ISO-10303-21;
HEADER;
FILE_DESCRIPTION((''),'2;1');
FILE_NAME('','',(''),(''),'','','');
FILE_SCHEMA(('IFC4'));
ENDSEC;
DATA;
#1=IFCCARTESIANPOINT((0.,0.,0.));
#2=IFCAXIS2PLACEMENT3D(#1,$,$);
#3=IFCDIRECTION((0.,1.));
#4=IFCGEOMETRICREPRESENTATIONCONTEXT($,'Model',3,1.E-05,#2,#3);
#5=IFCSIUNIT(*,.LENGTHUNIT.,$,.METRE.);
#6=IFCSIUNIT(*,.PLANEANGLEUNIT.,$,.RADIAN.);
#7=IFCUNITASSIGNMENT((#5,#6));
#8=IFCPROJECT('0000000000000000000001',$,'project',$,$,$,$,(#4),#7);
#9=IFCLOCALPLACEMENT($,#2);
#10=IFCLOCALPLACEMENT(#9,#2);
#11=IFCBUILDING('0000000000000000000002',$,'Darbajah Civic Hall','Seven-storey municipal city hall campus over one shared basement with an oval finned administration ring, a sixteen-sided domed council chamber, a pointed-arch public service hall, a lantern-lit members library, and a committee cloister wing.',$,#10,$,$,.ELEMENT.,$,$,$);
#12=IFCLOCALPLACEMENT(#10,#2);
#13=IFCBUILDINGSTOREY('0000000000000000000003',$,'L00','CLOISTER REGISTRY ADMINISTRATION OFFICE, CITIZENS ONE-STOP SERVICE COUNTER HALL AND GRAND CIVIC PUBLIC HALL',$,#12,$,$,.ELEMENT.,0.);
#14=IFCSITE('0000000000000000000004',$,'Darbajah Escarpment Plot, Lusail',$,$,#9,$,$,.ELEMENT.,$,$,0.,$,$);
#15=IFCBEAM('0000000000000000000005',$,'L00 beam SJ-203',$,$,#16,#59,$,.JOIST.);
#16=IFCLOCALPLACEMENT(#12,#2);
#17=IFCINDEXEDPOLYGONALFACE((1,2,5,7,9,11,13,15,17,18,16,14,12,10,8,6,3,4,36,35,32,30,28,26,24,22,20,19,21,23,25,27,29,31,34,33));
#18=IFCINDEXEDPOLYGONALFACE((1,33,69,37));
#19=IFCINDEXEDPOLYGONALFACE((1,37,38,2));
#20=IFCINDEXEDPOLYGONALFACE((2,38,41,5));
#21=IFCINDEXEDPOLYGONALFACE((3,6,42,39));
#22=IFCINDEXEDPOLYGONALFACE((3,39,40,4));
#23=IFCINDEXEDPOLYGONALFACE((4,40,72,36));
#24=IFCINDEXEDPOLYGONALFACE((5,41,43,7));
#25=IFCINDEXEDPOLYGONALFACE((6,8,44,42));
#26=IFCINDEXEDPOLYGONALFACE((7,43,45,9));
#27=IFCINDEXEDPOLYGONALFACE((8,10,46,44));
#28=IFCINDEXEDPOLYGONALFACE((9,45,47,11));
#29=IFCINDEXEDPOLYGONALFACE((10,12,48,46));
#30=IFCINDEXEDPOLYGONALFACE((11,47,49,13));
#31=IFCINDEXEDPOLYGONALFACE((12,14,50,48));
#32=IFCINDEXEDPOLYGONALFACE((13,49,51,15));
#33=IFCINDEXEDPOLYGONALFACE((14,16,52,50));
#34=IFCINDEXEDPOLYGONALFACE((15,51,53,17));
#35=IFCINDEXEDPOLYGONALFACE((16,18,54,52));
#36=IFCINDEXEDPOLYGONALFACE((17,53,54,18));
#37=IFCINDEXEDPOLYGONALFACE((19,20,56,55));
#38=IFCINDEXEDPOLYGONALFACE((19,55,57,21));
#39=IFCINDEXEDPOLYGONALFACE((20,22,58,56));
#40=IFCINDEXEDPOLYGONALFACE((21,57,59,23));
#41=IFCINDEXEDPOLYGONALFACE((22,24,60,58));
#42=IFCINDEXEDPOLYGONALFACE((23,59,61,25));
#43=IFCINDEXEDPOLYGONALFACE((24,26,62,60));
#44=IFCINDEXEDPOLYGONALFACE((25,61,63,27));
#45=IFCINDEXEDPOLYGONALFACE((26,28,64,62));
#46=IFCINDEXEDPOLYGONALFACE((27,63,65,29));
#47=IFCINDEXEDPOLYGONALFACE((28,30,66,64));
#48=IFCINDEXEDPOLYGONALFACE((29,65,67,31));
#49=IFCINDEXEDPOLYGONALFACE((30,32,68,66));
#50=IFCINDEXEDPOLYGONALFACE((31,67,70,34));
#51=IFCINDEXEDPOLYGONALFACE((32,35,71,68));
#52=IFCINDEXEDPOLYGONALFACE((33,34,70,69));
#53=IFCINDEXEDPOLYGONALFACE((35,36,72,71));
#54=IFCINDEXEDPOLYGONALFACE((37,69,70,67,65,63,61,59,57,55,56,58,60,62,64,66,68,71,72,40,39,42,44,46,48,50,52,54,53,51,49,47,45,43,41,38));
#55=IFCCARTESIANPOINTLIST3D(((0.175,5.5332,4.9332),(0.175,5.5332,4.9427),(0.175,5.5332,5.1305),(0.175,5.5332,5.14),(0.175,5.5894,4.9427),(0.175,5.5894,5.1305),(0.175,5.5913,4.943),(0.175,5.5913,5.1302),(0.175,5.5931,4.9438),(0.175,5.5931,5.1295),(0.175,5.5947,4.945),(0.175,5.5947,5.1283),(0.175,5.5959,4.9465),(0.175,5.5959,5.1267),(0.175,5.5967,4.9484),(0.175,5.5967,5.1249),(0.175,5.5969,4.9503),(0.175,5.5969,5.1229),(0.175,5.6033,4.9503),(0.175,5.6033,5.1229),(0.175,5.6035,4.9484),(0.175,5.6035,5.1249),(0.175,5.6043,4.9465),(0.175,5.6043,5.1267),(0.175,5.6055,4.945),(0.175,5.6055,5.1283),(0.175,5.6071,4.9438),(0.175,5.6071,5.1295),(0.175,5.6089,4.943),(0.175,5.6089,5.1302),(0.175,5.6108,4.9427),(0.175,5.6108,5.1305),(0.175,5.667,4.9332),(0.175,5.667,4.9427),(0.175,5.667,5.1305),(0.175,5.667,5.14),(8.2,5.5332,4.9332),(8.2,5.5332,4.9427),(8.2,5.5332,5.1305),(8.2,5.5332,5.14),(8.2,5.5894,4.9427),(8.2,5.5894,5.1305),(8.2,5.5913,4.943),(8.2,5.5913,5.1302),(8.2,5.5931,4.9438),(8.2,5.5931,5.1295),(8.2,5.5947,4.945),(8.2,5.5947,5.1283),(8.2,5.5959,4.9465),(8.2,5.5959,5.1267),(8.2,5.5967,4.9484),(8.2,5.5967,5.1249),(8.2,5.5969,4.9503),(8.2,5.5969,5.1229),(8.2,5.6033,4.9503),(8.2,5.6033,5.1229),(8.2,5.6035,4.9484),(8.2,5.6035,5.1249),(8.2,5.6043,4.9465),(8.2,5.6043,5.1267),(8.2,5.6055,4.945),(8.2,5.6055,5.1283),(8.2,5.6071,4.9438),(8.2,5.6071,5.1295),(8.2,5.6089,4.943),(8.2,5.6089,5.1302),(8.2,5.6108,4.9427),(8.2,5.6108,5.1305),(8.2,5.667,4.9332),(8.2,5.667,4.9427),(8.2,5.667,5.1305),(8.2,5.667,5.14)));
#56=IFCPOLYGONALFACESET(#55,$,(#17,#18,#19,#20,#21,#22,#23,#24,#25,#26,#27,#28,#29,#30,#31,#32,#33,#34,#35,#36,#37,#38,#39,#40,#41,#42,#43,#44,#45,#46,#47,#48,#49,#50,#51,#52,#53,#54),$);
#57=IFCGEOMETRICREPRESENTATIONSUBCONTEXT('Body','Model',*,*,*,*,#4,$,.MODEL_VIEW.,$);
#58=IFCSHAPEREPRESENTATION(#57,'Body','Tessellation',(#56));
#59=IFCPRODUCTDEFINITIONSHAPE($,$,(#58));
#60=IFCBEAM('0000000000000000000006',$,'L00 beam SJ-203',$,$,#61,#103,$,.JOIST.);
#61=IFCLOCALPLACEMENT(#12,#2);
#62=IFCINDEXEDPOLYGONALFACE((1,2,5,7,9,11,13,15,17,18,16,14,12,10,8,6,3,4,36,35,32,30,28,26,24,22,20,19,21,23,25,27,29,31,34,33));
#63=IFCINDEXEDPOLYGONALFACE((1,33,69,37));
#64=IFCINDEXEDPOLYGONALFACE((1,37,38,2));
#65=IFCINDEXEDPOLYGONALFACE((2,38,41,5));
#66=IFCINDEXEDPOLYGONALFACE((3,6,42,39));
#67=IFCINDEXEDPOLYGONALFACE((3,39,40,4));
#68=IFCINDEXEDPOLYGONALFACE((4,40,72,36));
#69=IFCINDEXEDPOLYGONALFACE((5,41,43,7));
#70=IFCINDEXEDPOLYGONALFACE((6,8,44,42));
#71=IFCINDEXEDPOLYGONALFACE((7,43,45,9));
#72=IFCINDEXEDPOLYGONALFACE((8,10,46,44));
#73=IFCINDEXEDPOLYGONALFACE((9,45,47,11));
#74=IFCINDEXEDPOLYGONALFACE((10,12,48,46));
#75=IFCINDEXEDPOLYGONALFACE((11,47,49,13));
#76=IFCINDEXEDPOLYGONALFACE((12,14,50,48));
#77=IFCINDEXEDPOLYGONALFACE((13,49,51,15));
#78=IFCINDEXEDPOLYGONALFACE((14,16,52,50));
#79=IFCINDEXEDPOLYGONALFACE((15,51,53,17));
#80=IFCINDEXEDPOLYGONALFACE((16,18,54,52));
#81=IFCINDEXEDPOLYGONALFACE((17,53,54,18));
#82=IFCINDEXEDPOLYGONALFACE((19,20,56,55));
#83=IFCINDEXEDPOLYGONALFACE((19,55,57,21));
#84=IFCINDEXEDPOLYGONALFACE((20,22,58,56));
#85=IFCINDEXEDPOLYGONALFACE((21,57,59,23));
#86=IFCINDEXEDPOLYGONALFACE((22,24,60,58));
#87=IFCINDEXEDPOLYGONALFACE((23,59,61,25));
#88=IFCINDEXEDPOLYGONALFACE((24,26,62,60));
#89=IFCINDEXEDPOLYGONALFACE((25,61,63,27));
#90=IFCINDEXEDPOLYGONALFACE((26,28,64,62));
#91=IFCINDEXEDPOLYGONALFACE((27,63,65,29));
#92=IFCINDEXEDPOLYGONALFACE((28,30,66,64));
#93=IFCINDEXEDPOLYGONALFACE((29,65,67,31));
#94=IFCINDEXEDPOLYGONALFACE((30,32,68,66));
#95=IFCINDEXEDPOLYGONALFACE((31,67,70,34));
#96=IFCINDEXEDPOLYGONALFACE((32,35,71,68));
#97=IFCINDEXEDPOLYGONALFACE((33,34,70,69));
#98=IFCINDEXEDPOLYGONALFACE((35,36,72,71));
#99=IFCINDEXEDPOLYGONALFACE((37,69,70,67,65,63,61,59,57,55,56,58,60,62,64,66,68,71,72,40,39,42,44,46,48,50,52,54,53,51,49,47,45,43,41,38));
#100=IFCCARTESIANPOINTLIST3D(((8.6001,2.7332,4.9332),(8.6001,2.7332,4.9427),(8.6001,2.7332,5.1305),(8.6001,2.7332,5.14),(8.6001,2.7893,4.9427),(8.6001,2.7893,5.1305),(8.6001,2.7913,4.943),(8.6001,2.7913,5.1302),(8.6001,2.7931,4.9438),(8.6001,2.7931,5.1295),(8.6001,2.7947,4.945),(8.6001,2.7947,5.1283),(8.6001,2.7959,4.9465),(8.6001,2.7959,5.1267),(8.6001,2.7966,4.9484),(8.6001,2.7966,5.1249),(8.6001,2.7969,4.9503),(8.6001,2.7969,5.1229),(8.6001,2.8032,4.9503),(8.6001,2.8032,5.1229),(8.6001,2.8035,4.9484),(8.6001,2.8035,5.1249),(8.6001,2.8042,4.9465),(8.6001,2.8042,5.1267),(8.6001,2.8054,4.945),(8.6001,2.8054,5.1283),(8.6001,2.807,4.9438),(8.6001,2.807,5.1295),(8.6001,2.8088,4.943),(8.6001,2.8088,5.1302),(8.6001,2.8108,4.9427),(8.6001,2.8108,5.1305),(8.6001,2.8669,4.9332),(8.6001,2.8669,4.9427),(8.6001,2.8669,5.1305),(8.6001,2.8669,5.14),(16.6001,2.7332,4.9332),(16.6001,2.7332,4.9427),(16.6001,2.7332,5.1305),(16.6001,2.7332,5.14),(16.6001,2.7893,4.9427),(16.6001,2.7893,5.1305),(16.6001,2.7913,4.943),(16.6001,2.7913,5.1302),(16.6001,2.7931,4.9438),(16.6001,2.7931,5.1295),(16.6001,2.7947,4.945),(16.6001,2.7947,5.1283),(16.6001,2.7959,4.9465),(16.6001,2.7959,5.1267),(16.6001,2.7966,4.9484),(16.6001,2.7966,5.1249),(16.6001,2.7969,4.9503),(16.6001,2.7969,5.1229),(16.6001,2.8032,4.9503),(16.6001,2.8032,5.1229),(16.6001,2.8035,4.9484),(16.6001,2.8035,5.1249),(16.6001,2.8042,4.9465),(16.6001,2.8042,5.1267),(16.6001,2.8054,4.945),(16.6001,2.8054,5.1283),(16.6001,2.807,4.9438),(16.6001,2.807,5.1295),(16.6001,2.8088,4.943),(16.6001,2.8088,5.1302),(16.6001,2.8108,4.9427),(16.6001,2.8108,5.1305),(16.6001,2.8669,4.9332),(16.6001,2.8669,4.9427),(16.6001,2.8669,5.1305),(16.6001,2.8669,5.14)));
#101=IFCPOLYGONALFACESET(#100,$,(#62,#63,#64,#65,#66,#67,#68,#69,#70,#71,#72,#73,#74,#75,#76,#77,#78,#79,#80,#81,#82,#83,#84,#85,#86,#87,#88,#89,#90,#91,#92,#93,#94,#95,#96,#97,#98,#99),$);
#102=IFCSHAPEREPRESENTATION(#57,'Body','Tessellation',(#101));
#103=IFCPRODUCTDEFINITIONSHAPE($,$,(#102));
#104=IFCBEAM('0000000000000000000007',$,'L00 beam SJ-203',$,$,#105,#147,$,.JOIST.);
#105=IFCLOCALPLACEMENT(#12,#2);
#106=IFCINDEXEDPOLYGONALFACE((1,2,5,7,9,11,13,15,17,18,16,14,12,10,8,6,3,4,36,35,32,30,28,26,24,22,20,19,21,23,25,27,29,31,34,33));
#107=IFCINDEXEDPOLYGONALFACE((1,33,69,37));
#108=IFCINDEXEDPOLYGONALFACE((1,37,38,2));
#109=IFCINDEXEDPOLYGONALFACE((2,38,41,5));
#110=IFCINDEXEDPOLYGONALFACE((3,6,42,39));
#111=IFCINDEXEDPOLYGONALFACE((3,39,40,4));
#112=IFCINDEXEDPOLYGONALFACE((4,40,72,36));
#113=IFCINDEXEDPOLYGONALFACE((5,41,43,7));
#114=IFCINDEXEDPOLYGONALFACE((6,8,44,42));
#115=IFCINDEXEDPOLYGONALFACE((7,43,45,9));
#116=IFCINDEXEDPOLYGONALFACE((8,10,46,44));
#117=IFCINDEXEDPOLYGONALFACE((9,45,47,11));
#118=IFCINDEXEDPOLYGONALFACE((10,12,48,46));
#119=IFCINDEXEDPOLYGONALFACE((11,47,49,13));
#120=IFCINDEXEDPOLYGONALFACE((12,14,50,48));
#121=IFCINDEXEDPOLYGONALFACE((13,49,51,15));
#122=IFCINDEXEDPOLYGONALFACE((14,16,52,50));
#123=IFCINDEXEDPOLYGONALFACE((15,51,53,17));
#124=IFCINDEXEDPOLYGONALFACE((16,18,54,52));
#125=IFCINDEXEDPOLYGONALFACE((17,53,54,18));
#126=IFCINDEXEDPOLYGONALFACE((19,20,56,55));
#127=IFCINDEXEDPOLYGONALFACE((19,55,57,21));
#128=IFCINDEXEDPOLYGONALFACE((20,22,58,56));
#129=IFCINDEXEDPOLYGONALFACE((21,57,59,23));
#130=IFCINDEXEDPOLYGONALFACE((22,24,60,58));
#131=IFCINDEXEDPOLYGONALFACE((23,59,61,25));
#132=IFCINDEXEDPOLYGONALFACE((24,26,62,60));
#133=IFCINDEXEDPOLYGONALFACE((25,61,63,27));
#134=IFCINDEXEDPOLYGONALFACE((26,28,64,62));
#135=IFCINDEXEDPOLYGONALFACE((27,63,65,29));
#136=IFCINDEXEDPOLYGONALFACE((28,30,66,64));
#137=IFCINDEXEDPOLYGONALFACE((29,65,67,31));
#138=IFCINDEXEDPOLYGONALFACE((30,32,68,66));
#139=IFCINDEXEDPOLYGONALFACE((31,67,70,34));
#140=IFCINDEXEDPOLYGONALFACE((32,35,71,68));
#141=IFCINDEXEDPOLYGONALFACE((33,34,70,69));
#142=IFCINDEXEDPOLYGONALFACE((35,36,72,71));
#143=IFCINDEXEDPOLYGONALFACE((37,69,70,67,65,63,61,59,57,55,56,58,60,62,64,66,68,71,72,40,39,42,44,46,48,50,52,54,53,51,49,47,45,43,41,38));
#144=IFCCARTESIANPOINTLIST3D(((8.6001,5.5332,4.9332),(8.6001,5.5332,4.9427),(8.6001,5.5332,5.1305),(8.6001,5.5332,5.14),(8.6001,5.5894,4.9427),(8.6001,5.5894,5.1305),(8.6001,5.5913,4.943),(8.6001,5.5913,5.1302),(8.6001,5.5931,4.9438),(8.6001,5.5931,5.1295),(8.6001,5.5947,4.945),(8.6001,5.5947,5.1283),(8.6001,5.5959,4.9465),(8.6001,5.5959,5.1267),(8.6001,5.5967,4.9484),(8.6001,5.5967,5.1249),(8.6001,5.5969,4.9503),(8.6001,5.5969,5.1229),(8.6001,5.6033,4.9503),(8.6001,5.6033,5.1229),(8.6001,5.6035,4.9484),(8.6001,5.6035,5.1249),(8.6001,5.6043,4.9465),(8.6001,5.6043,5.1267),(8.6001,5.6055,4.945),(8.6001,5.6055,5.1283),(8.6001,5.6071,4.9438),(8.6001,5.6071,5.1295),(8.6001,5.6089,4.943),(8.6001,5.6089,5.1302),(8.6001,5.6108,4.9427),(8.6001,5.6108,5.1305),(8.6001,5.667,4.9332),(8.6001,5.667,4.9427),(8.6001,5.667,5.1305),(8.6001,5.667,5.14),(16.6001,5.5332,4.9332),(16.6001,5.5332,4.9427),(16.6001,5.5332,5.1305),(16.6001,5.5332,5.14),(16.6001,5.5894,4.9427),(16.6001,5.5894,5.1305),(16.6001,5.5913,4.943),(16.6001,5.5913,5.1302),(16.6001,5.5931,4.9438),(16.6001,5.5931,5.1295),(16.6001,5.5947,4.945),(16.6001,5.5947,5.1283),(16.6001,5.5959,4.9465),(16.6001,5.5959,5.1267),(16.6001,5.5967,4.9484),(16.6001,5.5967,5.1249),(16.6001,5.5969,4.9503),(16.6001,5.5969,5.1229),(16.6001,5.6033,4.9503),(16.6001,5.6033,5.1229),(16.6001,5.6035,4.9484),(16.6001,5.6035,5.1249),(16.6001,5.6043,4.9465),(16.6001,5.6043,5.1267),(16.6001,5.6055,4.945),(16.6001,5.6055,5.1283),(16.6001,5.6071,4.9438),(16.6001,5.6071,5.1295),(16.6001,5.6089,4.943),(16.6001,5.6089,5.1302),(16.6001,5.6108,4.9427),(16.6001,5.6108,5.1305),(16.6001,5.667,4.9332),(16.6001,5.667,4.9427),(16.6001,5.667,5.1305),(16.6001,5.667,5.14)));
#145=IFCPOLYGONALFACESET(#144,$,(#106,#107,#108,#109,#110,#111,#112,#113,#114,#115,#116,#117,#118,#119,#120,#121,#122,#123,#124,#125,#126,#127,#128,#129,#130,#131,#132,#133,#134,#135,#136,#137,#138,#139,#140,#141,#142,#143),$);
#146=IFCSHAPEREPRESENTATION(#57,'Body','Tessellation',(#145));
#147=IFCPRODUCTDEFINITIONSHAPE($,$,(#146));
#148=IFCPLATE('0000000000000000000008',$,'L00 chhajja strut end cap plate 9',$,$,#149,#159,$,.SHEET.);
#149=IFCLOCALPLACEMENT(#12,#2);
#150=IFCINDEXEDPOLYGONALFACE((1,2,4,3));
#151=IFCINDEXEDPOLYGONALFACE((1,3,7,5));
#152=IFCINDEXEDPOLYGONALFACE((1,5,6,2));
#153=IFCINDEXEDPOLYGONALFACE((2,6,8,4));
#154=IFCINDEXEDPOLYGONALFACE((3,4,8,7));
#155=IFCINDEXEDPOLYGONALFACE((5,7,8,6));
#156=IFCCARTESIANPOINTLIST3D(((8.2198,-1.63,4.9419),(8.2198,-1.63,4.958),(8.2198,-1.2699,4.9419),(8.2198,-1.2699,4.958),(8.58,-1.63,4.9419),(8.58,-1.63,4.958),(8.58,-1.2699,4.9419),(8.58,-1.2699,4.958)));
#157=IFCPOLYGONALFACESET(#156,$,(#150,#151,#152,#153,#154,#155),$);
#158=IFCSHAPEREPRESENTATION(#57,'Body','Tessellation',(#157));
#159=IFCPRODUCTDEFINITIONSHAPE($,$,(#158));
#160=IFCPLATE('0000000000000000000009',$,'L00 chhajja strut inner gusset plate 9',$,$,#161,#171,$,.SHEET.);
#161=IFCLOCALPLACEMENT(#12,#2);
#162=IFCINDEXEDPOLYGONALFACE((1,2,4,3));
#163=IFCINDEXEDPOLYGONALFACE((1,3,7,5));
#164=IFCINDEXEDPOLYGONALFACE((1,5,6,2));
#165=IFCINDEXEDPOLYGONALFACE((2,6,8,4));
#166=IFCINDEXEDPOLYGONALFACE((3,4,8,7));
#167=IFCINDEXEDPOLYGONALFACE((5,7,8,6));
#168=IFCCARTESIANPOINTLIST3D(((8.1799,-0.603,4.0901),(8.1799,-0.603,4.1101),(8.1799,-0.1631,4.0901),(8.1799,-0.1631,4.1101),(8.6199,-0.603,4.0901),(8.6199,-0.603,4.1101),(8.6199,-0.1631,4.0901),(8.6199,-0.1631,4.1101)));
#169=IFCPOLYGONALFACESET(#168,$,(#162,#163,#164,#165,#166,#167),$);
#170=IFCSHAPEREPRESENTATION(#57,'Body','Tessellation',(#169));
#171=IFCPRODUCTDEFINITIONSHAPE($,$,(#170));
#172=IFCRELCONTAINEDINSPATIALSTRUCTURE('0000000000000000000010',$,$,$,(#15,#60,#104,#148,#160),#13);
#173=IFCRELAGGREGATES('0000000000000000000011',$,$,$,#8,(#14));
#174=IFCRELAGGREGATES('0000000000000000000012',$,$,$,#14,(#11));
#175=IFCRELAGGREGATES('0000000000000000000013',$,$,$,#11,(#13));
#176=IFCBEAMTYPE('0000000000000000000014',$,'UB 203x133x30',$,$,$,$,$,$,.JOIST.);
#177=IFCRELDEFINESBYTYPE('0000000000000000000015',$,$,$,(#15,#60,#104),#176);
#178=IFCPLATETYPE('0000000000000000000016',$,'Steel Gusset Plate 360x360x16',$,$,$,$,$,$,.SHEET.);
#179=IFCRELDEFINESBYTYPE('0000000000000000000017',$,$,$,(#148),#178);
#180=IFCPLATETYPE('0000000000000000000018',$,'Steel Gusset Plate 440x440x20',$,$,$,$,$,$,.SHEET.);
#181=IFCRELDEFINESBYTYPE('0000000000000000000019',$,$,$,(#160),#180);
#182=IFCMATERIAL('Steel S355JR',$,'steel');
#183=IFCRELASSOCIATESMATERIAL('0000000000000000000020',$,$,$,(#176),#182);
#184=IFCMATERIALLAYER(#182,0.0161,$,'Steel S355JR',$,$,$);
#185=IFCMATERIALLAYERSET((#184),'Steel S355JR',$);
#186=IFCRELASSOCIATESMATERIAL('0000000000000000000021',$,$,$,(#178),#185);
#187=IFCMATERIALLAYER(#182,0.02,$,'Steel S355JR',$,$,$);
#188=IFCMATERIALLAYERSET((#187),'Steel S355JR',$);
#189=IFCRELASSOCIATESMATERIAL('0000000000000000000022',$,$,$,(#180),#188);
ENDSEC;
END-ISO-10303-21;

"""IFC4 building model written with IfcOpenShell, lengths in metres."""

from ifc_helpers import new_model, si_unit, direction, frame, origin, origin_2d, place, context, subcontext, project, spatial, rectangle, i_section, extrude, material, layer, layer_set, material_profile, profile_set, type_object, element, save


model = new_model("IFC4")

# Units and contexts
model_context = context("Model", 3, precision=1e-05, world=origin(), true_north=direction((0.0, 1.0)))
body_context = subcontext(model_context, "Body", "Model", "MODEL_VIEW")
ifc_project = project(units=[si_unit("LENGTHUNIT", "METRE"), si_unit("PLANEANGLEUNIT", "RADIAN")], contexts=[model_context])

# Site, building, storey
site_placement = place(None, origin())
site = spatial("IfcSite", under=ifc_project, at=site_placement, Name="Darbajah Escarpment Plot, Lusail", CompositionType="ELEMENT", RefElevation=0.0)
building_placement = place(site_placement, origin())
building = spatial("IfcBuilding", under=site, at=building_placement, Name="Darbajah Civic Hall", Description="Seven-storey municipal city hall campus over one shared basement with an oval finned administration ring, a sixteen-sided domed council chamber, a pointed-arch public service hall, a lantern-lit members library, and a committee cloister wing.", CompositionType="ELEMENT")
storey_placement = place(building_placement, origin())
storey = spatial("IfcBuildingStorey", under=building, at=storey_placement, Name="L00", Description="CLOISTER REGISTRY ADMINISTRATION OFFICE, CITIZENS ONE-STOP SERVICE COUNTER HALL AND GRAND CIVIC PUBLIC HALL", CompositionType="ELEMENT", Elevation=0.0)

# Shared definitions
ifc_material_1 = material(Name="Steel S355JR", Category="steel")

# Beams
ifc_material_profile_1 = material_profile(ifc_material_1, i_section(OverallWidth=0.1338, OverallDepth=0.2068, WebThickness=0.0063, FlangeThickness=0.0095, FilletRadius=0.0076, at=origin_2d()), Name="UB 203x133x30")
ifc_profile_set_1 = profile_set([ifc_material_profile_1], Name="Steel S355JR")
beam_type_1 = type_object("IfcBeamType", Name="UB 203x133x30", PredefinedType="JOIST", material=ifc_profile_set_1)
for number, where, z_axis, x_axis, name in (
    (1, (0.175, 5.6001, 5.0366), (1.0, 0.0, 0.0), (0.0, 1.0, 0.0), "L00 beam SJ-203"),
):
    element("IfcBeam", number, at=place(storey_placement, frame(where, z_axis=z_axis, x_axis=x_axis)), inside=storey, type_object=beam_type_1, Name=name, PredefinedType="JOIST", context=body_context, shape_type="SweptSolid", body=[
        extrude(i_section(OverallWidth=0.1338, OverallDepth=0.2068, WebThickness=0.0063, FlangeThickness=0.0095, FilletRadius=0.0076, at=origin_2d()), origin(), (0.0, 0.0, 1.0), 8.0249),
    ])
for number, where, z_axis, x_axis, name in (
    (2, (8.6001, 2.8, 5.0366), (1.0, 0.0, 0.0), (0.0, 1.0, 0.0), "L00 beam SJ-203"),
    (3, (8.6001, 5.6001, 5.0366), (1.0, 0.0, 0.0), (0.0, 1.0, 0.0), "L00 beam SJ-203"),
):
    element("IfcBeam", number, at=place(storey_placement, frame(where, z_axis=z_axis, x_axis=x_axis)), inside=storey, type_object=beam_type_1, Name=name, PredefinedType="JOIST", context=body_context, shape_type="SweptSolid", body=[
        extrude(i_section(OverallWidth=0.1338, OverallDepth=0.2068, WebThickness=0.0063, FlangeThickness=0.0095, FilletRadius=0.0076, at=origin_2d()), origin(), (0.0, 0.0, 1.0), 8.0),
    ])

# Plates
ifc_layer_1 = layer(ifc_material_1, 0.0161, Name="Steel S355JR")
ifc_layer_set_1 = layer_set([ifc_layer_1], Name="Steel S355JR")
plate_type_1 = type_object("IfcPlateType", Name="Steel Gusset Plate 360x360x16", PredefinedType="SHEET", material=ifc_layer_set_1)
plate_1_placement = place(storey_placement, frame((8.3999, -1.45, 4.9419), z_axis=(0.0, 0.0, 1.0), x_axis=(1.0, 0.0, 0.0)))
element("IfcPlate", 4, at=plate_1_placement, inside=storey, type_object=plate_type_1, Name="L00 chhajja strut end cap plate 9", PredefinedType="SHEET", context=body_context, shape_type="SweptSolid", body=[
    extrude(rectangle(XDim=0.3601, YDim=0.3601, at=origin_2d()), origin(), (0.0, 0.0, 1.0), 0.0161),
])
ifc_layer_2 = layer(ifc_material_1, 0.02, Name="Steel S355JR")
ifc_layer_set_2 = layer_set([ifc_layer_2], Name="Steel S355JR")
plate_type_2 = type_object("IfcPlateType", Name="Steel Gusset Plate 440x440x20", PredefinedType="SHEET", material=ifc_layer_set_2)
plate_2_placement = place(storey_placement, frame((8.3999, -0.3831, 4.0901), z_axis=(0.0, 0.0, 1.0), x_axis=(1.0, 0.0, 0.0)))
element("IfcPlate", 5, at=plate_2_placement, inside=storey, type_object=plate_type_2, Name="L00 chhajja strut inner gusset plate 9", PredefinedType="SHEET", context=body_context, shape_type="SweptSolid", body=[
    extrude(rectangle(XDim=0.4399, YDim=0.4399, at=origin_2d()), origin(), (0.0, 0.0, 1.0), 0.02),
])

save(model, "model.ifc")
